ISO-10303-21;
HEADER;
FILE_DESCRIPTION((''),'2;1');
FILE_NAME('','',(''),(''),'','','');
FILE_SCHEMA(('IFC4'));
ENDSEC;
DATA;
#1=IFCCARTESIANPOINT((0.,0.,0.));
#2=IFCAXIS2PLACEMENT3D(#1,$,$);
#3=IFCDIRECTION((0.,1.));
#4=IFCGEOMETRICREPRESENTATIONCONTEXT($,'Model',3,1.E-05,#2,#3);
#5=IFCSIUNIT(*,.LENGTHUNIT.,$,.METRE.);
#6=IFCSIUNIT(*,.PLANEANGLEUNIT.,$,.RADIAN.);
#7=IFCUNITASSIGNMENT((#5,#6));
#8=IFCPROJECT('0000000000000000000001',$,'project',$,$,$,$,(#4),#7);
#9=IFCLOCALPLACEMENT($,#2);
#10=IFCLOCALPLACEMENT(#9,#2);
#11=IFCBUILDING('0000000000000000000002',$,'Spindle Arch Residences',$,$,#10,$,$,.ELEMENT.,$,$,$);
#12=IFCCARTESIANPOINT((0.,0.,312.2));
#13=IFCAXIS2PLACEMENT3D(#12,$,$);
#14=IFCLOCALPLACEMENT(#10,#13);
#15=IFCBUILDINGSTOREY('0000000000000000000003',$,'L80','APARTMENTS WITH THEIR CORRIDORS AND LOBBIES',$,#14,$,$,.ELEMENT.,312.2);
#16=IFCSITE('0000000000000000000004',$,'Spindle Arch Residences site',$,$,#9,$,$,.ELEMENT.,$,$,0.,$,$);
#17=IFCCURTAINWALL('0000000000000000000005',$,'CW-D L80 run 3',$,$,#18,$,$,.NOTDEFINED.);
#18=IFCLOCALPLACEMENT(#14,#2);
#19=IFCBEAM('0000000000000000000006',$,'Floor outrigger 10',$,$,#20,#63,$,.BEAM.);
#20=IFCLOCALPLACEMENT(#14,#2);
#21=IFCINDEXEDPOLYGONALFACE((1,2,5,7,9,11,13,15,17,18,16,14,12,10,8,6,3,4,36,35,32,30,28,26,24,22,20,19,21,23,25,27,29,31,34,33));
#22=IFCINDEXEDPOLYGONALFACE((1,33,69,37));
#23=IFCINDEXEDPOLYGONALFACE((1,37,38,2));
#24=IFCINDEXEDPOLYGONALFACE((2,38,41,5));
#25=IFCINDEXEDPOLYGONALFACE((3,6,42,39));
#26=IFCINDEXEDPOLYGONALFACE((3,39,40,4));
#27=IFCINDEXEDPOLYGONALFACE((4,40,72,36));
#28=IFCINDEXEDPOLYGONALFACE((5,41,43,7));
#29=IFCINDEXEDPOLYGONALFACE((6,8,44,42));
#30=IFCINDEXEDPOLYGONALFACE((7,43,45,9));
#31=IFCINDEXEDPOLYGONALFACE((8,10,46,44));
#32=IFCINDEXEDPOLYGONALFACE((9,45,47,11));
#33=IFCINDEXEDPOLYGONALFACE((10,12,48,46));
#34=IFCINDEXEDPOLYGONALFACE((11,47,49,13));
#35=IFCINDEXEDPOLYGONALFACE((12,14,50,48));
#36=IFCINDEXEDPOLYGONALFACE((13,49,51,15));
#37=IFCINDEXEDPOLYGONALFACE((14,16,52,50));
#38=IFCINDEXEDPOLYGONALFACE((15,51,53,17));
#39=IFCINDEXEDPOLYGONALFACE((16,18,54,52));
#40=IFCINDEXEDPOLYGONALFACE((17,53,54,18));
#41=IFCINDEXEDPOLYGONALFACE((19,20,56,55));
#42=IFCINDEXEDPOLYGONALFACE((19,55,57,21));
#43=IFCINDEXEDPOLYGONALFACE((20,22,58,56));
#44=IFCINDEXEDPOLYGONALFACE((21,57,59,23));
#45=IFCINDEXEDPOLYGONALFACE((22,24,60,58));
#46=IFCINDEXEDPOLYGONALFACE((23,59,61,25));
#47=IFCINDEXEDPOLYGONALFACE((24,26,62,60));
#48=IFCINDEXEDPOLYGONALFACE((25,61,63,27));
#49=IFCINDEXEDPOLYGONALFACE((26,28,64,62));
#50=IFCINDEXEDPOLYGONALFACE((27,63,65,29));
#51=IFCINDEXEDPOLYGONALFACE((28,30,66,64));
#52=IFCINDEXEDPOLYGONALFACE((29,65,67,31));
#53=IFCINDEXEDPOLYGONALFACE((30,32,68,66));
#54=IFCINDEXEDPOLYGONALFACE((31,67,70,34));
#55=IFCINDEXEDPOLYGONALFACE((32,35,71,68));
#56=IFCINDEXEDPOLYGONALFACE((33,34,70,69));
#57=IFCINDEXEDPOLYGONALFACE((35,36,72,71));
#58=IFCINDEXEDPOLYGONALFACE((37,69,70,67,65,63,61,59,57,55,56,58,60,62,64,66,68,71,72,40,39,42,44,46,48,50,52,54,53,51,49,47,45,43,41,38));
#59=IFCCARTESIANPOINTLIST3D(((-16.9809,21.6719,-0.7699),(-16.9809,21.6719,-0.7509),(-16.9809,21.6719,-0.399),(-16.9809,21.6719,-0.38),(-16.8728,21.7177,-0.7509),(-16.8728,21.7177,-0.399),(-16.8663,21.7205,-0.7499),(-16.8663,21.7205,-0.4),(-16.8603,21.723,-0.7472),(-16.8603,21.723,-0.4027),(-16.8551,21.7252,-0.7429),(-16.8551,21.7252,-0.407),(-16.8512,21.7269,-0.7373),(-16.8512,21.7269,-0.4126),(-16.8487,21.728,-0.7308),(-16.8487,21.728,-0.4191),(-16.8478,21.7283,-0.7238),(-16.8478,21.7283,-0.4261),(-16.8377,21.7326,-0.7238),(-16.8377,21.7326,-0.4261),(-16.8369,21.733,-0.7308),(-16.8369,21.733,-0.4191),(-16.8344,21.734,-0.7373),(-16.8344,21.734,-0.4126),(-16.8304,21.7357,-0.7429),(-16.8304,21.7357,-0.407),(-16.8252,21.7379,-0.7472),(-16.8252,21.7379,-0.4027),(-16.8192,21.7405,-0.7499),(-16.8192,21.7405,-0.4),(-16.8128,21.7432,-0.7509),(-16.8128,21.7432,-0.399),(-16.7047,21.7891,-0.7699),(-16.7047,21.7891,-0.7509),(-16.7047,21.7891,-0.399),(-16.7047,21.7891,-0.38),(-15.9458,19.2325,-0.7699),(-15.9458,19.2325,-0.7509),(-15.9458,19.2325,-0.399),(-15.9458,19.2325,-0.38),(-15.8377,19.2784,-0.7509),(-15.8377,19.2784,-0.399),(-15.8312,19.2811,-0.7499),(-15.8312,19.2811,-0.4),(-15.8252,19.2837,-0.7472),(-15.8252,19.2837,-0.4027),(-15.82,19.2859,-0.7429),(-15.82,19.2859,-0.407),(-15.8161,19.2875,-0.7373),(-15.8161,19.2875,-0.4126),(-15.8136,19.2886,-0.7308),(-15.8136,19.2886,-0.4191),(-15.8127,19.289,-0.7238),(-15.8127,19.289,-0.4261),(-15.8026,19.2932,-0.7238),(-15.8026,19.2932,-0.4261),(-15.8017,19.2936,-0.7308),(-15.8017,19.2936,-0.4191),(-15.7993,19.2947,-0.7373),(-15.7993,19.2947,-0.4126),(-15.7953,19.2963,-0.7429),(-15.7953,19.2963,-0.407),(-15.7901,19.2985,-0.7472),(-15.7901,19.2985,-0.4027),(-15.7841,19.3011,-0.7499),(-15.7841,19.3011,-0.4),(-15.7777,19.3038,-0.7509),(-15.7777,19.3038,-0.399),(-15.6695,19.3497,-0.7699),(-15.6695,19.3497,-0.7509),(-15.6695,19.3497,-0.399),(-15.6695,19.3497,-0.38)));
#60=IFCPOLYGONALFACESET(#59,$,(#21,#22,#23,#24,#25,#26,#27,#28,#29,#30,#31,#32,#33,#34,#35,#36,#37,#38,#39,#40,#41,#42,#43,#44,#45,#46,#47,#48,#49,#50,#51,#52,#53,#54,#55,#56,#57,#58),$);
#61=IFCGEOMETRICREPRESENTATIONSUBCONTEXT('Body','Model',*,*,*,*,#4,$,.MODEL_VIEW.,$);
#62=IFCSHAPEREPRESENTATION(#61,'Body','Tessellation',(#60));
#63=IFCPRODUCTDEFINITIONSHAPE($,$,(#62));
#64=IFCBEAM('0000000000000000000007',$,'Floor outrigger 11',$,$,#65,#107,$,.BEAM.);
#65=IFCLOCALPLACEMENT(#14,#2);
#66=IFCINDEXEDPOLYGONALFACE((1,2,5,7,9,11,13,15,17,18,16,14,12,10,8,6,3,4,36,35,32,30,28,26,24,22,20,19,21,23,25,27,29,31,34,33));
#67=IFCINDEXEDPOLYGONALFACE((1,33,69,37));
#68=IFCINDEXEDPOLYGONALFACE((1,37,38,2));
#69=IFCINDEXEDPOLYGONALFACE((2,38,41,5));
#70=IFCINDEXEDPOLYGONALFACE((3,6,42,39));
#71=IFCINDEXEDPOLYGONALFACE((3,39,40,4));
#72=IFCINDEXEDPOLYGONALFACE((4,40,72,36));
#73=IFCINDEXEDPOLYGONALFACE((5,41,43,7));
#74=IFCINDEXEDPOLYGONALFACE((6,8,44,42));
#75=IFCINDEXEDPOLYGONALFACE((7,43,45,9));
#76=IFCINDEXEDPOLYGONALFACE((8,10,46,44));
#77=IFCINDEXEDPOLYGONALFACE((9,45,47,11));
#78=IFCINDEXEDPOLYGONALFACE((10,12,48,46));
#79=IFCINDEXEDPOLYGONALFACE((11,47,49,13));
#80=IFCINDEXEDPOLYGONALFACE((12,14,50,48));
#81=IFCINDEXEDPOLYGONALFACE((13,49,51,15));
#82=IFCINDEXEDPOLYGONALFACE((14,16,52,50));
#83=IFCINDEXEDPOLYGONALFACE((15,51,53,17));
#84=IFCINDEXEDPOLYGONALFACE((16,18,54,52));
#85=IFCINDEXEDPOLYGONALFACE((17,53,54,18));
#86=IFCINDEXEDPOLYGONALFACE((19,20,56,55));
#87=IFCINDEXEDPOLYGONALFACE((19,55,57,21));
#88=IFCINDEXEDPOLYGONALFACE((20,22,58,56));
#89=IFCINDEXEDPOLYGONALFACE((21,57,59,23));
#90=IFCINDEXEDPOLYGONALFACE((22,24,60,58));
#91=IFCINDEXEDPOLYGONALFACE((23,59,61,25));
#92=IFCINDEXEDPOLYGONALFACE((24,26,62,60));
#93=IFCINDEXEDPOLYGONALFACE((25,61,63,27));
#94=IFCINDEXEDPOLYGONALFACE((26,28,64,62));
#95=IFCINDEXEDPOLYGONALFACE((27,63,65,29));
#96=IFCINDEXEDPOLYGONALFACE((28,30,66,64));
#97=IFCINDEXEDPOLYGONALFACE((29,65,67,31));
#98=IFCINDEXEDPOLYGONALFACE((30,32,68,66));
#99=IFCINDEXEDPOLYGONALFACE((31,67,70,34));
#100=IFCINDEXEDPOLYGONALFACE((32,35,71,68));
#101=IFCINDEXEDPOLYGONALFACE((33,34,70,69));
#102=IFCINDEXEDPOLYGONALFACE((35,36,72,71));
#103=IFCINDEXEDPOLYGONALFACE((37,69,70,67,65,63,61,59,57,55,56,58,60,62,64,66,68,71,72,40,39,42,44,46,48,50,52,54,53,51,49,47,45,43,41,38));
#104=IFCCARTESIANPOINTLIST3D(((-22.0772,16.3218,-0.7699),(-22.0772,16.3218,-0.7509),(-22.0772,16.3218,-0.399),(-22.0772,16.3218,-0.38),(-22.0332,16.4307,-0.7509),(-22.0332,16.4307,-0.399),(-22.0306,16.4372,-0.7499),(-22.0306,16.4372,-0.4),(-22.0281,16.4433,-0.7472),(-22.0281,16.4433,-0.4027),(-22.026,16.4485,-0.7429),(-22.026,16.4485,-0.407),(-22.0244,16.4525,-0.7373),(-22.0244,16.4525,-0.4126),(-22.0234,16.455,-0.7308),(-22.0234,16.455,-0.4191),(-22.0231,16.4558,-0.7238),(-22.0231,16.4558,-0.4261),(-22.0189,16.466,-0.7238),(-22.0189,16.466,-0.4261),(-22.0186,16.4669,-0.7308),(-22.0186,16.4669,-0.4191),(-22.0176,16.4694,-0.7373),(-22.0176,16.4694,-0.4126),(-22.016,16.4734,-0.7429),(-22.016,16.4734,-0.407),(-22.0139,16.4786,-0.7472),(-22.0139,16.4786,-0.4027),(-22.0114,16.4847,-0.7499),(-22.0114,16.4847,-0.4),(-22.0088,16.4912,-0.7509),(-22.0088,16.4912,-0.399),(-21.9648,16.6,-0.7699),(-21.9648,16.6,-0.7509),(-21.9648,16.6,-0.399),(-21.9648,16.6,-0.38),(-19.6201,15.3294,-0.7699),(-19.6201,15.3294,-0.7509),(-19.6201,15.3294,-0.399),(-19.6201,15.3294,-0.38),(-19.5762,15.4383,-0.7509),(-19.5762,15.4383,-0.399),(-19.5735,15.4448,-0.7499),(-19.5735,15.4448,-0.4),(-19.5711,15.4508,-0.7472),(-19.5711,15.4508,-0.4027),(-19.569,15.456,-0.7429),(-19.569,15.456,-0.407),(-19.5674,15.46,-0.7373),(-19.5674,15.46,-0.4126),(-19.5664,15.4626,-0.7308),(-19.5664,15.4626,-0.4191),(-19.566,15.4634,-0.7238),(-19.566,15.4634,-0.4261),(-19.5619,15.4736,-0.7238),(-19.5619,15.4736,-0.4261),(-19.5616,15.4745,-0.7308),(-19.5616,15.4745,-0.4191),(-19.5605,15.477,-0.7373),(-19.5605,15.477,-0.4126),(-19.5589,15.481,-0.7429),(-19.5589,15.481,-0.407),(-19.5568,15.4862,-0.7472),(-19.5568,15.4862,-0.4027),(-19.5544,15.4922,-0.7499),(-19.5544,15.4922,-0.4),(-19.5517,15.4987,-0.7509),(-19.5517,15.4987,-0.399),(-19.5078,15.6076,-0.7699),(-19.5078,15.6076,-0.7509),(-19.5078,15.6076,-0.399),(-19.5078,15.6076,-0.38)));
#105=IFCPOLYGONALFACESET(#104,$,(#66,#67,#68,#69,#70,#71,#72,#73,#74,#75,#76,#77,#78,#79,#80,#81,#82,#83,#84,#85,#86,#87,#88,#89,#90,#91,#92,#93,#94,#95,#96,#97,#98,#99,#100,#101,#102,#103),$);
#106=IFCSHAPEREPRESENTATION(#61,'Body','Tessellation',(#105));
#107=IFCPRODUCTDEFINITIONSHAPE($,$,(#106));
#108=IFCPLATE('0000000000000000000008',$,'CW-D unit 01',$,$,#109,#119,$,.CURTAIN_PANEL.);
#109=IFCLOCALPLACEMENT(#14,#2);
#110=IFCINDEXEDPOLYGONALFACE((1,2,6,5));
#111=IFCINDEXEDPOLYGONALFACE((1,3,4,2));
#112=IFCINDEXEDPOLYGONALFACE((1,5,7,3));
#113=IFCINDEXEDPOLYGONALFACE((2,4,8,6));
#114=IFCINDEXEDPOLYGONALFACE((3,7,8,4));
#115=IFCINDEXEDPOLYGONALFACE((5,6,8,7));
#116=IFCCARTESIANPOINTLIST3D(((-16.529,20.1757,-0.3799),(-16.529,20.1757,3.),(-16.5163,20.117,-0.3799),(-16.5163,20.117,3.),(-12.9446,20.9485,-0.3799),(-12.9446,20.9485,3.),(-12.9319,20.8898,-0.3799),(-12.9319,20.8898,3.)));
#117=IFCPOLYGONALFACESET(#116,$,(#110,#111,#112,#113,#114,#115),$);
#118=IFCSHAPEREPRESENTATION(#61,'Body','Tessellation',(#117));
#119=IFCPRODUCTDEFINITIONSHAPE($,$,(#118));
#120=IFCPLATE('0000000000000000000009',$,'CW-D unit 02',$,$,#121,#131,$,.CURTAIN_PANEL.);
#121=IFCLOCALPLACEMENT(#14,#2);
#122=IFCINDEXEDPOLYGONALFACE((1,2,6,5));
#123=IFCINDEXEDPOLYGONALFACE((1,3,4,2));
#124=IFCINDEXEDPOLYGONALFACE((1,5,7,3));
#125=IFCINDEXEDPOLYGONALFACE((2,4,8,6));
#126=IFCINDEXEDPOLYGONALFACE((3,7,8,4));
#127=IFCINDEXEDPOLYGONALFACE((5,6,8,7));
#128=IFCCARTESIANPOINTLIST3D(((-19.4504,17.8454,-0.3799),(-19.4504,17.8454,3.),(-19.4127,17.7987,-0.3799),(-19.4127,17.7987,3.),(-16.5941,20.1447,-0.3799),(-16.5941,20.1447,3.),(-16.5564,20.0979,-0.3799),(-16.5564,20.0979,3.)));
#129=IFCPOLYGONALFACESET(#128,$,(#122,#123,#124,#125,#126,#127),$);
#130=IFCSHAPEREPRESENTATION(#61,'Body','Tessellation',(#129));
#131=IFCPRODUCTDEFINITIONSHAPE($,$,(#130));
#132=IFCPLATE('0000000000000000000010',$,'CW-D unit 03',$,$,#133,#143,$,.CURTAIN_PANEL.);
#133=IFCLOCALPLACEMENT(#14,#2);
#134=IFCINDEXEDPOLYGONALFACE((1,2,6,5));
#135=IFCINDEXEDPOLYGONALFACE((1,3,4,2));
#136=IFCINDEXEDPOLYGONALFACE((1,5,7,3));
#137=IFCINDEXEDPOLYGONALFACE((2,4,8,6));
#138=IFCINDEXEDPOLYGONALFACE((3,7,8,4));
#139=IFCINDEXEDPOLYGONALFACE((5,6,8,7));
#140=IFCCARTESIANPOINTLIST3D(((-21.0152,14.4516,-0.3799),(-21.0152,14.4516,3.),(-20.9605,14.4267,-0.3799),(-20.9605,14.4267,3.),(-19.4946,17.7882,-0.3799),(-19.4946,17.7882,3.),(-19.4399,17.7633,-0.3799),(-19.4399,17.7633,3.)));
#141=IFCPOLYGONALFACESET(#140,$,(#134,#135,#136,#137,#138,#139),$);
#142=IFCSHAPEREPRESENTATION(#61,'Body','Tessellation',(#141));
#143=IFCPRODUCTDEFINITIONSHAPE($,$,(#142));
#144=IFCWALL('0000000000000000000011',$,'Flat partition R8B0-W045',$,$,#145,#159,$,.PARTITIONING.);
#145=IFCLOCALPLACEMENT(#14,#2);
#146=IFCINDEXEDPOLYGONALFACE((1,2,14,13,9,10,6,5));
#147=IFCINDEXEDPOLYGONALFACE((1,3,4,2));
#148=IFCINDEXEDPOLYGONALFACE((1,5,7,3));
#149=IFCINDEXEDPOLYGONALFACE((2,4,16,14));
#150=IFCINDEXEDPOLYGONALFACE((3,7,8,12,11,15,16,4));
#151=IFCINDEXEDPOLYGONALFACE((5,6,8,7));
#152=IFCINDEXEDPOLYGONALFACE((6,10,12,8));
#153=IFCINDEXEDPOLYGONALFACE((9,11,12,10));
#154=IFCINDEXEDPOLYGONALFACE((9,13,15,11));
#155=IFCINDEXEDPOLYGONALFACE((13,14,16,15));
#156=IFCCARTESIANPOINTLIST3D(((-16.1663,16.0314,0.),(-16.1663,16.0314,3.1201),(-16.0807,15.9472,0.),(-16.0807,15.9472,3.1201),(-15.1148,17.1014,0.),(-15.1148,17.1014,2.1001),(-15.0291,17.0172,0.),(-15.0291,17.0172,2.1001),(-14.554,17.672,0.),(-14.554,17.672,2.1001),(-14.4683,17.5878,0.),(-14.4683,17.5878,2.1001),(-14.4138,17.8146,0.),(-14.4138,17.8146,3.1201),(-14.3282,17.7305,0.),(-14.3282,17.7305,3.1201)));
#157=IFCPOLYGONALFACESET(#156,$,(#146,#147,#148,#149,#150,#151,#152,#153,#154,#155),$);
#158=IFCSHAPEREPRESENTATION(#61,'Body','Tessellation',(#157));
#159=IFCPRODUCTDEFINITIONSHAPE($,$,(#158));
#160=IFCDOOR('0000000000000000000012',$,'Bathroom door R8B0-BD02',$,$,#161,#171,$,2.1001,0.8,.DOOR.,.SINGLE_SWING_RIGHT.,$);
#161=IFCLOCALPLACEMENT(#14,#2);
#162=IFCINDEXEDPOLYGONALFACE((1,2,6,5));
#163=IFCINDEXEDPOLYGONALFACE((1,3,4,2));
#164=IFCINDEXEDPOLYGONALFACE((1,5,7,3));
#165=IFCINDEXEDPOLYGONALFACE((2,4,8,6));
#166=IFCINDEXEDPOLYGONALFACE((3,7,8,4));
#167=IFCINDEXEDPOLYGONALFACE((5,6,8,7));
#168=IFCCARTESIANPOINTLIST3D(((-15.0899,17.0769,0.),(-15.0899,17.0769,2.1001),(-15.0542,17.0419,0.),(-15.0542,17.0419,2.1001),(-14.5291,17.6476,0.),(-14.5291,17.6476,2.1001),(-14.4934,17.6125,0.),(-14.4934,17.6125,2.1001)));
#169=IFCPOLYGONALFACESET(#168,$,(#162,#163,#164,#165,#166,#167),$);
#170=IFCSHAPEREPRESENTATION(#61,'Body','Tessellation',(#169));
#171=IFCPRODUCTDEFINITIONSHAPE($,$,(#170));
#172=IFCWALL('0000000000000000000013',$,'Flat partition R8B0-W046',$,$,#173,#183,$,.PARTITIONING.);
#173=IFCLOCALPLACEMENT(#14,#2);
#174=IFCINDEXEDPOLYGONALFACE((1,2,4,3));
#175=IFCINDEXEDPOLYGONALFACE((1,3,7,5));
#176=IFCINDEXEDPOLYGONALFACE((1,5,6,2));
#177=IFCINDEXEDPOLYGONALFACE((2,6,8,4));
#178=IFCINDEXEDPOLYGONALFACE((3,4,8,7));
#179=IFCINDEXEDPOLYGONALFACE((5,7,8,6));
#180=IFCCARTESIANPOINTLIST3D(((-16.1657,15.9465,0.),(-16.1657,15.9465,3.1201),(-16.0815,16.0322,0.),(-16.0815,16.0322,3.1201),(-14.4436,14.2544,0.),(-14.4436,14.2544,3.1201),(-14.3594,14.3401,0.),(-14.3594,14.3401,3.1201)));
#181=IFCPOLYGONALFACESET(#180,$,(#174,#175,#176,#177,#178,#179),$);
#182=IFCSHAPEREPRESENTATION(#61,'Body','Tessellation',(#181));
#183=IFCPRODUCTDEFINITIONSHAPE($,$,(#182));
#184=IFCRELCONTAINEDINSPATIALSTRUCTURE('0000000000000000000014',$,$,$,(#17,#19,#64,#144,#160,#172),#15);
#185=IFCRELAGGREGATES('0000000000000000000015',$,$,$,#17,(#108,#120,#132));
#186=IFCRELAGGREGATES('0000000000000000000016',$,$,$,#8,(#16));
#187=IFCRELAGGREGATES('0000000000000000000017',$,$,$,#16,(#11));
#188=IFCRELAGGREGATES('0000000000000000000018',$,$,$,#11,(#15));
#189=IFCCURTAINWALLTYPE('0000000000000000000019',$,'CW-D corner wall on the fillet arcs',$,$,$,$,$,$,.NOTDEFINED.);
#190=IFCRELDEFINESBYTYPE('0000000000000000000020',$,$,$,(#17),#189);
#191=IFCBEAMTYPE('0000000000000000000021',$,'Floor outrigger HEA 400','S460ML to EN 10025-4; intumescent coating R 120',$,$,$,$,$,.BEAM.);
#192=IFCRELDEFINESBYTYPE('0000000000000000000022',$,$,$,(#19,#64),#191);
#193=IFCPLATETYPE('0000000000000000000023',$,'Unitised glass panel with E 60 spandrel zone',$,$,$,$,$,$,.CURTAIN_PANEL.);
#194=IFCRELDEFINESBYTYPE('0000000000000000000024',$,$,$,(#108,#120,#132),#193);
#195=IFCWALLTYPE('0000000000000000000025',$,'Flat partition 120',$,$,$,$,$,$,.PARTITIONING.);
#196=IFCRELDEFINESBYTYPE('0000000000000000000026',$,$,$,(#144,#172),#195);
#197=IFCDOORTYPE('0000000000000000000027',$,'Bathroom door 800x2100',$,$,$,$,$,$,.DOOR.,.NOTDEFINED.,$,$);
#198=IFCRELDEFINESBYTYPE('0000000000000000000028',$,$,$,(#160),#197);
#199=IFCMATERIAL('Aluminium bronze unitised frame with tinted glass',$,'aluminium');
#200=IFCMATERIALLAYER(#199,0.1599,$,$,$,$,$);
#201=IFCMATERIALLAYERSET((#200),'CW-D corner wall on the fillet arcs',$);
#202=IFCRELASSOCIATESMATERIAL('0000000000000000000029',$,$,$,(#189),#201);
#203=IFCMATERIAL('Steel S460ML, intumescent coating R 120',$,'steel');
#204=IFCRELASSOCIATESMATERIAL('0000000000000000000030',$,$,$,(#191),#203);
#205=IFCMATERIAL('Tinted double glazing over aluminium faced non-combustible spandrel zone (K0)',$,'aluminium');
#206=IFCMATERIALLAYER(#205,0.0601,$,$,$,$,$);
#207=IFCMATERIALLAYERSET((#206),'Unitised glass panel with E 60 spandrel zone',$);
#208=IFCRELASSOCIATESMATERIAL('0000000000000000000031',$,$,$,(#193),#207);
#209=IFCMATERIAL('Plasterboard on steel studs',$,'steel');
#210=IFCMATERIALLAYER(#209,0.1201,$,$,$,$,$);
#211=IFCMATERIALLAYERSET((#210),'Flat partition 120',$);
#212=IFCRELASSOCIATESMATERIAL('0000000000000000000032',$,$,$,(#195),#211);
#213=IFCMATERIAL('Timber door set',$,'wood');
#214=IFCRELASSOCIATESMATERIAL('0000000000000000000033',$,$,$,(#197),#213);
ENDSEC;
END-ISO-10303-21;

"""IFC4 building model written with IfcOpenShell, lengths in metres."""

from ifc_helpers import new_model, si_unit, direction, frame, frame_2d, origin, origin_2d, place, context, subcontext, project, spatial, rectangle, i_section, extrude, material, layer, layer_set, material_profile, profile_set, type_object, element, fill, aggregate, save


model = new_model("IFC4")

# Units and contexts
model_context = context("Model", 3, precision=1e-05, world=origin(), true_north=direction((0.0, 1.0)))
body_context = subcontext(model_context, "Body", "Model", "MODEL_VIEW")
ifc_project = project(units=[si_unit("LENGTHUNIT", "METRE"), si_unit("PLANEANGLEUNIT", "RADIAN")], contexts=[model_context])

# Site, building, storey
site_placement = place(None, origin())
site = spatial("IfcSite", under=ifc_project, at=site_placement, Name="Spindle Arch Residences site", CompositionType="ELEMENT", RefElevation=0.0)
building_placement = place(site_placement, origin())
building = spatial("IfcBuilding", under=site, at=building_placement, Name="Spindle Arch Residences", CompositionType="ELEMENT")
storey_placement = place(building_placement, frame((0.0, 0.0, 312.2)))
storey = spatial("IfcBuildingStorey", under=building, at=storey_placement, Name="L80", Description="APARTMENTS WITH THEIR CORRIDORS AND LOBBIES", CompositionType="ELEMENT", Elevation=312.2)

# Curtain wall
ifc_material_1 = material(Name="Aluminium bronze unitised frame with tinted glass", Category="aluminium")
ifc_layer_1 = layer(ifc_material_1, 0.1599)
ifc_layer_set_1 = layer_set([ifc_layer_1], Name="CW-D corner wall on the fillet arcs")
curtain_wall_type = type_object("IfcCurtainWallType", Name="CW-D corner wall on the fillet arcs", PredefinedType="NOTDEFINED", material=ifc_layer_set_1)
curtain_wall_placement = place(storey_placement, origin())
curtain_wall = element("IfcCurtainWall", 1, at=curtain_wall_placement, inside=storey, type_object=curtain_wall_type, Name="CW-D L80 run 3", PredefinedType="NOTDEFINED")

# Beams
ifc_material_2 = material(Name="Steel S460ML, intumescent coating R 120", Category="steel")
ifc_material_profile_1 = material_profile(ifc_material_2, i_section(OverallWidth=0.3, OverallDepth=0.3899, WebThickness=0.011, FlangeThickness=0.019, FilletRadius=0.0271, at=origin_2d()), Name="HEA 400")
ifc_profile_set_1 = profile_set([ifc_material_profile_1], Name="Steel S460ML, intumescent coating R 120")
beam_type_1 = type_object("IfcBeamType", Name="Floor outrigger HEA 400", Description="S460ML to EN 10025-4; intumescent coating R 120", PredefinedType="BEAM", material=ifc_profile_set_1)
for number, where, z_axis, x_axis, name in (
    (2, (-16.8428, 21.7305, -0.575), (0.390626, -0.92055, 0.0), (0.92055, 0.390626, 0.0), "Floor outrigger 10"),
    (3, (-22.021, 16.4609, -0.575), (0.92722, -0.374518, 0.0), (0.374518, 0.92722, 0.0), "Floor outrigger 11"),
):
    element("IfcBeam", number, at=place(storey_placement, frame(where, z_axis=z_axis, x_axis=x_axis)), inside=storey, type_object=beam_type_1, Name=name, PredefinedType="BEAM", context=body_context, shape_type="SweptSolid", body=[
        extrude(i_section(OverallWidth=0.3, OverallDepth=0.3899, WebThickness=0.011, FlangeThickness=0.019, FilletRadius=0.0271, at=origin_2d()), origin(), (0.0, 0.0, 1.0), 2.6499),
    ])

# Plates
ifc_material_3 = material(Name="Tinted double glazing over aluminium faced non-combustible spandrel zone (K0)", Category="aluminium")
ifc_layer_2 = layer(ifc_material_3, 0.0601)
ifc_layer_set_2 = layer_set([ifc_layer_2], Name="Unitised glass panel with E 60 spandrel zone")
plate_type = type_object("IfcPlateType", Name="Unitised glass panel with E 60 spandrel zone", PredefinedType="CURTAIN_PANEL", material=ifc_layer_set_2)
plate_1_placement = place(storey_placement, frame((-14.7305, 20.5327, -0.3799), z_axis=(0.0, 0.0, 1.0), x_axis=(-0.977539, -0.210756, 0.0)))
plate_1 = element("IfcPlate", 4, at=plate_1_placement, type_object=plate_type, Name="CW-D unit 01", PredefinedType="CURTAIN_PANEL", context=body_context, shape_type="SweptSolid", body=[
    extrude(rectangle(XDim=3.6667, YDim=0.0601, at=origin_2d()), origin(), (0.0, 0.0, 1.0), 3.3799),
])
plate_2_placement = place(storey_placement, frame((-18.0034, 18.9717, -0.3799), z_axis=(0.0, 0.0, 1.0), x_axis=(-0.778973, -0.627057, 0.0)))
plate_2 = element("IfcPlate", 5, at=plate_2_placement, type_object=plate_type, Name="CW-D unit 02", PredefinedType="CURTAIN_PANEL", context=body_context, shape_type="SweptSolid", body=[
    extrude(rectangle(XDim=3.6667, YDim=0.0601, at=origin_2d()), origin(), (0.0, 0.0, 1.0), 3.3799),
])
plate_3_placement = place(storey_placement, frame((-20.2275, 16.1074, -0.3799), z_axis=(0.0, 0.0, 1.0), x_axis=(-0.414693, -0.909961, 0.0)))
plate_3 = element("IfcPlate", 6, at=plate_3_placement, type_object=plate_type, Name="CW-D unit 03", PredefinedType="CURTAIN_PANEL", context=body_context, shape_type="SweptSolid", body=[
    extrude(rectangle(XDim=3.6667, YDim=0.0601, at=origin_2d()), origin(), (0.0, 0.0, 1.0), 3.3799),
])
aggregate(curtain_wall, [plate_1, plate_2, plate_3])

# Wall, opening, door
ifc_material_4 = material(Name="Plasterboard on steel studs", Category="steel")
ifc_layer_3 = layer(ifc_material_4, 0.1201)
ifc_layer_set_3 = layer_set([ifc_layer_3], Name="Flat partition 120")
wall_type_1 = type_object("IfcWallType", Name="Flat partition 120", PredefinedType="PARTITIONING", material=ifc_layer_set_3)
wall_1_placement = place(storey_placement, frame((-14.3711, 17.7725, 0.0), z_axis=(0.0, 0.0, 1.0), x_axis=(-0.700928, -0.713232, 0.0)))
wall_1 = element("IfcWall", 7, at=wall_1_placement, inside=storey, type_object=wall_type_1, Name="Flat partition R8B0-W045", PredefinedType="PARTITIONING", context=body_context, shape_type="SweptSolid", body=[
    extrude(rectangle(XDim=2.5002, YDim=0.1201, at=frame_2d((1.25, 0.0))), origin(), (0.0, 0.0, 1.0), 3.1201),
])
opening_1_placement = place(wall_1_placement, frame((0.2, 0.0, 0.0)))
opening_1 = element("IfcOpeningElement", 8, at=opening_1_placement, cuts=wall_1, PredefinedType="OPENING", context=body_context, shape_type="SweptSolid", body=[
    extrude(rectangle(XDim=0.8, YDim=2.1001, at=frame_2d((0.3999, 1.05))), frame((0.0, 0.0701, 0.0), z_axis=(0.0, -1.0, 0.0), x_axis=(1.0, 0.0, 0.0)), (0.0, 0.0, 1.0), 0.1401),
])
ifc_material_5 = material(Name="Timber door set", Category="wood")
door_type_1 = type_object("IfcDoorType", Name="Bathroom door 800x2100", OperationType="NOTDEFINED", PredefinedType="DOOR", material=ifc_material_5)
door_1_placement = place(opening_1_placement, origin())
door_1 = element("IfcDoor", 9, at=door_1_placement, inside=storey, type_object=door_type_1, Name="Bathroom door R8B0-BD02", OperationType="SINGLE_SWING_RIGHT", OverallHeight=2.1001, OverallWidth=0.8, PredefinedType="DOOR", context=body_context, shape_type="SweptSolid", body=[
    extrude(rectangle(XDim=0.8, YDim=2.1001, at=frame_2d((0.3999, 1.05))), frame((0.0, 0.0249, 0.0), z_axis=(0.0, -1.0, 0.0), x_axis=(1.0, 0.0, 0.0)), (0.0, 0.0, 1.0), 0.05),
])
fill(opening_1, door_1)

# Wall
wall_2_placement = place(storey_placement, frame((-16.1235, 15.9893, 0.0), z_axis=(0.0, 0.0, 1.0), x_axis=(0.713298, -0.700861, 0.0)))
element("IfcWall", 10, at=wall_2_placement, inside=storey, type_object=wall_type_1, Name="Flat partition R8B0-W046", PredefinedType="PARTITIONING", context=body_context, shape_type="SweptSolid", body=[
    extrude(rectangle(XDim=2.4143, YDim=0.1201, at=frame_2d((1.207, 0.0))), origin(), (0.0, 0.0, 1.0), 3.1201),
])

save(model, "model.ifc")
